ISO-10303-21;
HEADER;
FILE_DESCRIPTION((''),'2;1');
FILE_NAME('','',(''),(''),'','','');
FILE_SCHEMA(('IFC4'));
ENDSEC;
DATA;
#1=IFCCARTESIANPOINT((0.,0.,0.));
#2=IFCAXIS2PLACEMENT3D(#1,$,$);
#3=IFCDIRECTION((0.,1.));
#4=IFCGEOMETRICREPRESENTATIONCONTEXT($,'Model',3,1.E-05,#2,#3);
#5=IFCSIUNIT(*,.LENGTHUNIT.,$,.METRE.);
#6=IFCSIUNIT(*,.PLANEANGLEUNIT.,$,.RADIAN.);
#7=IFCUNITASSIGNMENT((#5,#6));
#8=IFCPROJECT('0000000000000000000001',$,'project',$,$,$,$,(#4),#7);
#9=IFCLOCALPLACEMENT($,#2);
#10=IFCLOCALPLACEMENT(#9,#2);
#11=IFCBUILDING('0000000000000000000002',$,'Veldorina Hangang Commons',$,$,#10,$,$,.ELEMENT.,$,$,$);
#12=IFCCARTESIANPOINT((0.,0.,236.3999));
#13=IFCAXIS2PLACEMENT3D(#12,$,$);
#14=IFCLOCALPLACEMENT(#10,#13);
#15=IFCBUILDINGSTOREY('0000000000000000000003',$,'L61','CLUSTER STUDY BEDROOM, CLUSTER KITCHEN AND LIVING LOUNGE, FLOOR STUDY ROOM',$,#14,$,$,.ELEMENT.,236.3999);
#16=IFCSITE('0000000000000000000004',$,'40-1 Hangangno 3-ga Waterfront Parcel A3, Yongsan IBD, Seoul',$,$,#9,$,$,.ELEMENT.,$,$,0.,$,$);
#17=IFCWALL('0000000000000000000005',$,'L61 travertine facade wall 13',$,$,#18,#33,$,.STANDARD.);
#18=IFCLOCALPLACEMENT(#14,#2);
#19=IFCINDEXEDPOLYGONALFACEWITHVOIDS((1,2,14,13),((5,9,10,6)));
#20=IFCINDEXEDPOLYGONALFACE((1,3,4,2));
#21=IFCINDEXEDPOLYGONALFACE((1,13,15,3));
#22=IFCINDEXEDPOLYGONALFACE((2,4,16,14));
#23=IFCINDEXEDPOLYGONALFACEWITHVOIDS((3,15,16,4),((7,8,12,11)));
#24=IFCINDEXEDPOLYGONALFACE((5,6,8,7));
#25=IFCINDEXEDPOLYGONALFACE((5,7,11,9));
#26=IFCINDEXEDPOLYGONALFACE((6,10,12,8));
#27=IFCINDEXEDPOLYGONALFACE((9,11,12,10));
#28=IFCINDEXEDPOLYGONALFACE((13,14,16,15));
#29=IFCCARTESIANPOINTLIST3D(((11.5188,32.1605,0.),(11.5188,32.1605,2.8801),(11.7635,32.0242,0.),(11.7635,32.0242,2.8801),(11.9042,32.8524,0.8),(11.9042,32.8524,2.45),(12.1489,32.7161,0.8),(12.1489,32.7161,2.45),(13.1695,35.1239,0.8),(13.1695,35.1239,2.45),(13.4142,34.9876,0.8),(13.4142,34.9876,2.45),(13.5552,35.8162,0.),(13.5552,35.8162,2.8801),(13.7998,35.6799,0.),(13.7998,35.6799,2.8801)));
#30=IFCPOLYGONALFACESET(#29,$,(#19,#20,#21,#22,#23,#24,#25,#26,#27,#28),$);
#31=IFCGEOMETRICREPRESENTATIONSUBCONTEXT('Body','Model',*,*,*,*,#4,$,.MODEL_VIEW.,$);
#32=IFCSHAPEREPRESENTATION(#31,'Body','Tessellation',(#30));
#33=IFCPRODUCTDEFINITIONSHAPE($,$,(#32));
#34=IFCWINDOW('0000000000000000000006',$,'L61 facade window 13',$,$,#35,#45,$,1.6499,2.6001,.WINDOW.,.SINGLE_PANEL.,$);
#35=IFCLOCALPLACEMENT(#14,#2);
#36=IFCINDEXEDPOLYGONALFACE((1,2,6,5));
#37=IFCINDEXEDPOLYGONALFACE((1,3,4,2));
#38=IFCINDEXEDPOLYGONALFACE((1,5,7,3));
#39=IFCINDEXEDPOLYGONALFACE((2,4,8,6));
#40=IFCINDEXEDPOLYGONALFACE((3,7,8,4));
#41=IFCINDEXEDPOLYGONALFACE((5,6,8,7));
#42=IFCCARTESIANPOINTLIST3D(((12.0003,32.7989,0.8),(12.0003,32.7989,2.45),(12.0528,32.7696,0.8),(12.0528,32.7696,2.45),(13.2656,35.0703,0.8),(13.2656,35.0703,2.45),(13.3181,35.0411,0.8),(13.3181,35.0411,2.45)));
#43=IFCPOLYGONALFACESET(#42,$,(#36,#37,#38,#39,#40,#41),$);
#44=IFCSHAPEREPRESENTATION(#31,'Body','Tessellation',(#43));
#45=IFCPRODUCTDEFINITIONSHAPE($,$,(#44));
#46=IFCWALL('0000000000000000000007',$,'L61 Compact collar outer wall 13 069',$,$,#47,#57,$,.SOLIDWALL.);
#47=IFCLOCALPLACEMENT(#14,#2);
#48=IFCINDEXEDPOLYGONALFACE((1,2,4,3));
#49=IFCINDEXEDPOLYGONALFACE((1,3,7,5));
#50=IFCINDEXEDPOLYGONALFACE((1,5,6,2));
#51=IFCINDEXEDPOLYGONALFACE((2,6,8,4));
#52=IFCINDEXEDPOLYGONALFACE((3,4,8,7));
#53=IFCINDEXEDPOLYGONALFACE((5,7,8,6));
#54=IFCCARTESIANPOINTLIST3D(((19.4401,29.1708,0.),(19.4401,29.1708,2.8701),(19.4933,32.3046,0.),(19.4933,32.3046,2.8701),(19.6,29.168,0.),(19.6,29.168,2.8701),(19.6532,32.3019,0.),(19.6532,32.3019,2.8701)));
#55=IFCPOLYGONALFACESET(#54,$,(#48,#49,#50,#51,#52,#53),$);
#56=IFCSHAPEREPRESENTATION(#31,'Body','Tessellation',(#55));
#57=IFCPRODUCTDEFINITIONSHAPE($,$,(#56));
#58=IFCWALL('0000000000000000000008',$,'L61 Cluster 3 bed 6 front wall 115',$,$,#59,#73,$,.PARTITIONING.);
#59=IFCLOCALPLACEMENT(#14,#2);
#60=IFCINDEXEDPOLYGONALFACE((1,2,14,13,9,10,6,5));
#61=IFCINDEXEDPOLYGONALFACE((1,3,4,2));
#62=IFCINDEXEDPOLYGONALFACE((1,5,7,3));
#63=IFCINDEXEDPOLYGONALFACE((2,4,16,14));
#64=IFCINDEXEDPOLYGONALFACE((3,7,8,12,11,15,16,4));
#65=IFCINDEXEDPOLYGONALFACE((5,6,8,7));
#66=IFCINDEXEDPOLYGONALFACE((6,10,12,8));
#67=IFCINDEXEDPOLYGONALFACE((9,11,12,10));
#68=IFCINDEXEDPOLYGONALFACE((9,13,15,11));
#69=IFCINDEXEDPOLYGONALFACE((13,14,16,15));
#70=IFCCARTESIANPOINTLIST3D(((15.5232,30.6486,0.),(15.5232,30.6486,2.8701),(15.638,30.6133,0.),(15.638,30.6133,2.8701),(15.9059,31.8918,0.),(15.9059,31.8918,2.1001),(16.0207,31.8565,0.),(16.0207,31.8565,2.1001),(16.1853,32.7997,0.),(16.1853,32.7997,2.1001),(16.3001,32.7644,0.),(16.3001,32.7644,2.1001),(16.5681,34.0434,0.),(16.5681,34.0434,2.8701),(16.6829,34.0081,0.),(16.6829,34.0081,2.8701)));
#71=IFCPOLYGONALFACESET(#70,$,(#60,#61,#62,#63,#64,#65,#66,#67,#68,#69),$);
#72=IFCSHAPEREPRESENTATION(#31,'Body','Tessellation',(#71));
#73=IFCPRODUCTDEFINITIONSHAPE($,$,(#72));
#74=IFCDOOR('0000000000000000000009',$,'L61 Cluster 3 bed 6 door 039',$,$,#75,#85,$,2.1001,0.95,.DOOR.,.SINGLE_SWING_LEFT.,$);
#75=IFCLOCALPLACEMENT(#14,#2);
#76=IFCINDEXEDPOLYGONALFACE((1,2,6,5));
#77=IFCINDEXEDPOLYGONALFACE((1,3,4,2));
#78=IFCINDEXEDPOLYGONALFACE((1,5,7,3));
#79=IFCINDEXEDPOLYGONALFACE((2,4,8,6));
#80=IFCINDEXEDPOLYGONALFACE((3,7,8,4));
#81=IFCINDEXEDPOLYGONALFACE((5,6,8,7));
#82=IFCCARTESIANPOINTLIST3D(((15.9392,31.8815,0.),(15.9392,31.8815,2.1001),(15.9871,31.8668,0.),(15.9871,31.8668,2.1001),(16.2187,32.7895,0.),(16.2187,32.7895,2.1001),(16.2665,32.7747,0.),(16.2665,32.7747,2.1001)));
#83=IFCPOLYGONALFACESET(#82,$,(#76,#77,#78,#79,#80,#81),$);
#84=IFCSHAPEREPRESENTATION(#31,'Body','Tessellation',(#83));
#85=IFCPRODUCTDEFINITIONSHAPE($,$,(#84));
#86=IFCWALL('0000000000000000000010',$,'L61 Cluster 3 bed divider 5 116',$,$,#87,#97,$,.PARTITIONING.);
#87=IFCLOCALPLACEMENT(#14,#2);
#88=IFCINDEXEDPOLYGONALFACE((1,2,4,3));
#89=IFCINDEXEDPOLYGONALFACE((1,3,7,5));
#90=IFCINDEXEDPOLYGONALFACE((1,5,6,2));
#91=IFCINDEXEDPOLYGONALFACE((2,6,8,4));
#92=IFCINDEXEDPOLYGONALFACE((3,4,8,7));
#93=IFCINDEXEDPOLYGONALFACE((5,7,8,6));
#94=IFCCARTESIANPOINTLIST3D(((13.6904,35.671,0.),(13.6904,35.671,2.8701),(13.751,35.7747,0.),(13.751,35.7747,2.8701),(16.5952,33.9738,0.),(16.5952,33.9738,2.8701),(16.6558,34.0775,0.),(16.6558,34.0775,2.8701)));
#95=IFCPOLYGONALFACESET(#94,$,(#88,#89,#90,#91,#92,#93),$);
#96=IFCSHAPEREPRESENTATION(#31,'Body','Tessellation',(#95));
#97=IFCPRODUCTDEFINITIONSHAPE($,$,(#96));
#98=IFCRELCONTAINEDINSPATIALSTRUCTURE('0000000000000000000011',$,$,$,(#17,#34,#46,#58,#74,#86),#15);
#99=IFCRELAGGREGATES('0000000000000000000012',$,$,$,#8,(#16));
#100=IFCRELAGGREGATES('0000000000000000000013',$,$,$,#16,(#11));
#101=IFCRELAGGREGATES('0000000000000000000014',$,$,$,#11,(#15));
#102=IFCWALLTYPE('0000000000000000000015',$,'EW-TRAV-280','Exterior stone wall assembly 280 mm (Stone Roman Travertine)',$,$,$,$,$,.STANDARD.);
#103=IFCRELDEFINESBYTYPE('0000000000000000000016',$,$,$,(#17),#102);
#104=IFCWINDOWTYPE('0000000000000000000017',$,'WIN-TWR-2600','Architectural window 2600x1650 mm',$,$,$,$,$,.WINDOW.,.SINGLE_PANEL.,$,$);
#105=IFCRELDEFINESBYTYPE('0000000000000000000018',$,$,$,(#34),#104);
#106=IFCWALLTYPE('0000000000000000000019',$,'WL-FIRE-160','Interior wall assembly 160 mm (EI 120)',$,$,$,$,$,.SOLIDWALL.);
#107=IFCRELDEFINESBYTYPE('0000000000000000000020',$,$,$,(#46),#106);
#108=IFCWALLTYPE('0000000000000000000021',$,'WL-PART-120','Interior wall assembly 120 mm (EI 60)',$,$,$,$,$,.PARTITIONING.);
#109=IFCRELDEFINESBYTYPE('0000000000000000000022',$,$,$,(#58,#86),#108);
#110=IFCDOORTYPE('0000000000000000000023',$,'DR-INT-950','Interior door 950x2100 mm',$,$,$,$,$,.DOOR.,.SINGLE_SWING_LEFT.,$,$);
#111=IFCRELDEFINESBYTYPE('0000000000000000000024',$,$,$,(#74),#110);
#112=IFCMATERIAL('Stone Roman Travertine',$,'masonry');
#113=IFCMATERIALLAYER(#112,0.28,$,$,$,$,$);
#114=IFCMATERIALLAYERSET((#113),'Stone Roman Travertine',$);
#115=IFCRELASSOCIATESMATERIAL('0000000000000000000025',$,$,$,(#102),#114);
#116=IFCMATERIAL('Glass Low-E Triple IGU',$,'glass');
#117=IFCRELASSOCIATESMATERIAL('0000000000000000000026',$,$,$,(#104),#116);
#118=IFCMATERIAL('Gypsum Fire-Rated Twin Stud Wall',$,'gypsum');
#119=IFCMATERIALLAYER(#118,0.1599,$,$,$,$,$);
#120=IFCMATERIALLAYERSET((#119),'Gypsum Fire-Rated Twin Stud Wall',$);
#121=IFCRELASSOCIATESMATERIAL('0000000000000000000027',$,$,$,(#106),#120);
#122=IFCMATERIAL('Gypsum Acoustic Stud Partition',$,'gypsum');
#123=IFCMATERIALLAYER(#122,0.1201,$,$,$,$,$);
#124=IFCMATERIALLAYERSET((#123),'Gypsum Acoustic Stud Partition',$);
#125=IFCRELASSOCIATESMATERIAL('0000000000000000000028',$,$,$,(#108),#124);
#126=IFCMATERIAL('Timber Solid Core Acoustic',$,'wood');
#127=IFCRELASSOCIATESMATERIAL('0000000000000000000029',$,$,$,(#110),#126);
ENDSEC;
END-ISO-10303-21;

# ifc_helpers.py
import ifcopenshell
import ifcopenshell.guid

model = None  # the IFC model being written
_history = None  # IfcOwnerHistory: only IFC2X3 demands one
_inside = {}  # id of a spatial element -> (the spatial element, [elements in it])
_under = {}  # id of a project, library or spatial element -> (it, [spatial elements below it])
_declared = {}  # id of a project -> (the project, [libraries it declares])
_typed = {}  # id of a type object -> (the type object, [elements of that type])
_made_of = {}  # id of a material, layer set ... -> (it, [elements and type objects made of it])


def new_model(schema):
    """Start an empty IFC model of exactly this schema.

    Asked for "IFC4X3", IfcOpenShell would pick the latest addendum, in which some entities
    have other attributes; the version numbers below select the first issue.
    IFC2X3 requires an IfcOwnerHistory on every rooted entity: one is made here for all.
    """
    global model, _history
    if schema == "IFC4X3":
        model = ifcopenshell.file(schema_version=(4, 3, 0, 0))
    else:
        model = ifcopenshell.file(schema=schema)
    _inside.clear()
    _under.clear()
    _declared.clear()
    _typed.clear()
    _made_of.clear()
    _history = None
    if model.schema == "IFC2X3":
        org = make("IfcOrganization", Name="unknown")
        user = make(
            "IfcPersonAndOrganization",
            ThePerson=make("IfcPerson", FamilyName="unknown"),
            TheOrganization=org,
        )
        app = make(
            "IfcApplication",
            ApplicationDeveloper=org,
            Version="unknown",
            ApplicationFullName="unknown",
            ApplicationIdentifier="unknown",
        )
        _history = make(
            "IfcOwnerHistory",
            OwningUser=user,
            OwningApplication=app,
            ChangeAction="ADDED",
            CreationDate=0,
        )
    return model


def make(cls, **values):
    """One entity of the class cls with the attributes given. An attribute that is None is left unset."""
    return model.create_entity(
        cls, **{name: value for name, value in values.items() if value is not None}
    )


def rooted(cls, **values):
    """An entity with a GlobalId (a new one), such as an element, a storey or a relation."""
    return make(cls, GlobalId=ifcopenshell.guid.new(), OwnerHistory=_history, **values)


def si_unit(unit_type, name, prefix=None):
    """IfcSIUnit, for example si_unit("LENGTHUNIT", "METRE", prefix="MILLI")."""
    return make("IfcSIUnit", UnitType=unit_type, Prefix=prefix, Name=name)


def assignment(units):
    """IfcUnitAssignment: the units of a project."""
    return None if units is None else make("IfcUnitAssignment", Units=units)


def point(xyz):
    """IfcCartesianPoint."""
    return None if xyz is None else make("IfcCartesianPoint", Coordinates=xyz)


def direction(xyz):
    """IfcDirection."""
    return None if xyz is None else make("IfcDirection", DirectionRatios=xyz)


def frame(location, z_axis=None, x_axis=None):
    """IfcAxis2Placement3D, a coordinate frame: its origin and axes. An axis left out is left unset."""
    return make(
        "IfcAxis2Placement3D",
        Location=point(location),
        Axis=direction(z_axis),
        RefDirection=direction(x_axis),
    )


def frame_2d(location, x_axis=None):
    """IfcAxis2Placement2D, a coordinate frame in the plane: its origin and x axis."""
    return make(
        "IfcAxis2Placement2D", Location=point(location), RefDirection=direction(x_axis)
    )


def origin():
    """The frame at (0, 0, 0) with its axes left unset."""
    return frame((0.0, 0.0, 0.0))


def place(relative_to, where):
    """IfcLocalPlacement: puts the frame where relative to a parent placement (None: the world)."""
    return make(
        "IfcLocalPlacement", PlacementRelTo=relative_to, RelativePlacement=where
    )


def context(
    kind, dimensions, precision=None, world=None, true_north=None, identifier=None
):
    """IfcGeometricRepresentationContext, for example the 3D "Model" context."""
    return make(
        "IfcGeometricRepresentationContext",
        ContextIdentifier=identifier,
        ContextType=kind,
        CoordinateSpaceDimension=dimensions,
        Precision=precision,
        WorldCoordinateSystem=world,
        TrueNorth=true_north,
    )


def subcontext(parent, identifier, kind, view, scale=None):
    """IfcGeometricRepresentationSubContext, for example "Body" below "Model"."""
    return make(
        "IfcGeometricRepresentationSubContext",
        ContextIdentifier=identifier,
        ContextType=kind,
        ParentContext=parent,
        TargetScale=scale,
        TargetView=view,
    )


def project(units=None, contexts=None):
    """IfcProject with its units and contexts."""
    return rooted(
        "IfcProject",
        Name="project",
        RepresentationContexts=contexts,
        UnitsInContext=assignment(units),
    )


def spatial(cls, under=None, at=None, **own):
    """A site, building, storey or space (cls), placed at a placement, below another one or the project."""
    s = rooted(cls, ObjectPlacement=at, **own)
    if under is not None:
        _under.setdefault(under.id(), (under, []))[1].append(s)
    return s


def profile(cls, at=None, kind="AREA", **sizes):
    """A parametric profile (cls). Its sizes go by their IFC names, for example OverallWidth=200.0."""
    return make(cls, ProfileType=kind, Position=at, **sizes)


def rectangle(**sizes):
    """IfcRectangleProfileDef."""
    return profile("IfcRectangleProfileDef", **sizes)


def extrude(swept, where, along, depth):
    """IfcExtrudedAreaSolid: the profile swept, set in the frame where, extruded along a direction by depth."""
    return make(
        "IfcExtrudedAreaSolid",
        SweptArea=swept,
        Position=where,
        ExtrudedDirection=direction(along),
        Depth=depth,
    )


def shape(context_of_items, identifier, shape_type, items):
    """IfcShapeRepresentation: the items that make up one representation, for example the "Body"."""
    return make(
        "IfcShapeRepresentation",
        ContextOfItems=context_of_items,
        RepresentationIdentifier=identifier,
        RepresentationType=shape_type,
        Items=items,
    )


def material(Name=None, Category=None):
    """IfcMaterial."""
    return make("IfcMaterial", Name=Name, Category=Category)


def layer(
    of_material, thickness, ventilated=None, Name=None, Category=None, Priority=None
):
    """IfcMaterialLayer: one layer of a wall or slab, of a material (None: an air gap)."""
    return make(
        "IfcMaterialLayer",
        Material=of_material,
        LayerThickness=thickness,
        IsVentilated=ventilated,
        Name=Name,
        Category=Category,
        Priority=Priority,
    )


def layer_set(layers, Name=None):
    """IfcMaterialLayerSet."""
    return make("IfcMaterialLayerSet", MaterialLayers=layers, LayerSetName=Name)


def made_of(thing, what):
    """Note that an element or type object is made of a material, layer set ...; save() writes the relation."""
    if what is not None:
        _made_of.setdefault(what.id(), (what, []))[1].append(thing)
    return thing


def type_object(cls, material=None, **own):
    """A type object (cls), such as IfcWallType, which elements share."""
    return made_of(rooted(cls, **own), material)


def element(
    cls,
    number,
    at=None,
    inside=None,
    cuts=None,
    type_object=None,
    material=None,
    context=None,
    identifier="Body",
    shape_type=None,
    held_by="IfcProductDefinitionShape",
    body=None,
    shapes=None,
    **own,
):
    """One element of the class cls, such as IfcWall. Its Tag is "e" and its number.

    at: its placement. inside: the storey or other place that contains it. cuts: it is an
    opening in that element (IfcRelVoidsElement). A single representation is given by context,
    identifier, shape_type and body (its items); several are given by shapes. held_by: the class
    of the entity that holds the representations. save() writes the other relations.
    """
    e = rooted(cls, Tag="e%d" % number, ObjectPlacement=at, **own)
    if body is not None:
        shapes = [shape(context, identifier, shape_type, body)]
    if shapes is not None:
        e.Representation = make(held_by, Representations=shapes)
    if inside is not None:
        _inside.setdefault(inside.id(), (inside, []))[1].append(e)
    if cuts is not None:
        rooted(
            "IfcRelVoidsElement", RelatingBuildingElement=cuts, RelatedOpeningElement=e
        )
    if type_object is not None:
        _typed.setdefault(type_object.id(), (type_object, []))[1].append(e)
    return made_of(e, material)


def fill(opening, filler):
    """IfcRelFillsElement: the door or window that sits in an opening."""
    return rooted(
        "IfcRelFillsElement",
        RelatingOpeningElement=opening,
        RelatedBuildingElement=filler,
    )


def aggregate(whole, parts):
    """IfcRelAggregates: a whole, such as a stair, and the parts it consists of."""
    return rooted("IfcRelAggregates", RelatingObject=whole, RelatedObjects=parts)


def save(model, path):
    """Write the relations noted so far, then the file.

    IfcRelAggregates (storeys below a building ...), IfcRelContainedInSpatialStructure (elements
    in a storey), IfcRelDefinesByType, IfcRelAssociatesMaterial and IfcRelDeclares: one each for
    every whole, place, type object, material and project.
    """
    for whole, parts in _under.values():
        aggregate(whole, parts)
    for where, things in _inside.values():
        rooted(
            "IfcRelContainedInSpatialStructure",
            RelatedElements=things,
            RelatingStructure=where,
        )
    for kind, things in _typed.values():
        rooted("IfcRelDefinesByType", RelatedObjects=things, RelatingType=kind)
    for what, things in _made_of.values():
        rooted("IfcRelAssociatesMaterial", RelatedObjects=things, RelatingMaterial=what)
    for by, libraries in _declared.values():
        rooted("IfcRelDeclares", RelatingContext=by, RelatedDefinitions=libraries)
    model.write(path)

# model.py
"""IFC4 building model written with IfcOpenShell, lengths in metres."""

from ifc_helpers import new_model, si_unit, direction, frame, frame_2d, origin, place, context, subcontext, project, spatial, rectangle, extrude, material, layer, layer_set, type_object, element, fill, save


model = new_model("IFC4")

# Units and contexts
model_context = context("Model", 3, precision=1e-05, world=origin(), true_north=direction((0.0, 1.0)))
body_context = subcontext(model_context, "Body", "Model", "MODEL_VIEW")
ifc_project = project(units=[si_unit("LENGTHUNIT", "METRE"), si_unit("PLANEANGLEUNIT", "RADIAN")], contexts=[model_context])

# Site, building, storey
site_placement = place(None, origin())
site = spatial("IfcSite", under=ifc_project, at=site_placement, Name="40-1 Hangangno 3-ga Waterfront Parcel A3, Yongsan IBD, Seoul", CompositionType="ELEMENT", RefElevation=0.0)
building_placement = place(site_placement, origin())
building = spatial("IfcBuilding", under=site, at=building_placement, Name="Veldorina Hangang Commons", CompositionType="ELEMENT")
storey_placement = place(building_placement, frame((0.0, 0.0, 236.3999)))
storey = spatial("IfcBuildingStorey", under=building, at=storey_placement, Name="L61", Description="CLUSTER STUDY BEDROOM, CLUSTER KITCHEN AND LIVING LOUNGE, FLOOR STUDY ROOM", CompositionType="ELEMENT", Elevation=236.3999)

# Wall, opening, window
ifc_material_1 = material(Name="Stone Roman Travertine", Category="masonry")
ifc_layer_1 = layer(ifc_material_1, 0.28)
ifc_layer_set_1 = layer_set([ifc_layer_1], Name="Stone Roman Travertine")
wall_type_1 = type_object("IfcWallType", Name="EW-TRAV-280", Description="Exterior stone wall assembly 280 mm (Stone Roman Travertine)", PredefinedType="STANDARD", material=ifc_layer_set_1)
ifc_material_2 = material(Name="Glass Low-E Triple IGU", Category="glass")
window_type = type_object("IfcWindowType", Name="WIN-TWR-2600", Description="Architectural window 2600x1650 mm", PartitioningType="SINGLE_PANEL", PredefinedType="WINDOW", material=ifc_material_2)
wall_1_placement = place(storey_placement, frame((13.6775, 35.748, 0.0), z_axis=(0.0, 0.0, 1.0), x_axis=(-0.486628, -0.873609, 0.0)))
wall_1 = element("IfcWall", 1, at=wall_1_placement, inside=storey, type_object=wall_type_1, Name="L61 travertine facade wall 13", PredefinedType="STANDARD", context=body_context, shape_type="SweptSolid", body=[
    extrude(rectangle(XDim=4.1846, YDim=0.28, at=frame_2d((2.0923, 0.0))), origin(), (0.0, 0.0, 1.0), 2.8801),
])
opening_1_placement = place(wall_1_placement, frame((0.7925, 0.0, 0.8)))
opening_1 = element("IfcOpeningElement", 2, at=opening_1_placement, cuts=wall_1, PredefinedType="OPENING", context=body_context, shape_type="SweptSolid", body=[
    extrude(rectangle(XDim=2.6001, YDim=1.6499, at=frame_2d((1.3, 0.825))), frame((0.0, 0.1499, 0.0), z_axis=(0.0, -1.0, 0.0), x_axis=(1.0, 0.0, 0.0)), (0.0, 0.0, 1.0), 0.3),
])
window_1_placement = place(opening_1_placement, origin())
window_1 = element("IfcWindow", 3, at=window_1_placement, inside=storey, type_object=window_type, Name="L61 facade window 13", OverallHeight=1.6499, OverallWidth=2.6001, PartitioningType="SINGLE_PANEL", PredefinedType="WINDOW", context=body_context, shape_type="SweptSolid", body=[
    extrude(rectangle(XDim=2.6001, YDim=1.6499, at=frame_2d((1.3, 0.825))), frame((0.0, 0.03, 0.0), z_axis=(0.0, -1.0, 0.0), x_axis=(1.0, 0.0, 0.0)), (0.0, 0.0, 1.0), 0.0601),
])
fill(opening_1, window_1)

# Wall
ifc_material_3 = material(Name="Gypsum Fire-Rated Twin Stud Wall", Category="gypsum")
ifc_layer_2 = layer(ifc_material_3, 0.1599)
ifc_layer_set_2 = layer_set([ifc_layer_2], Name="Gypsum Fire-Rated Twin Stud Wall")
wall_type_2 = type_object("IfcWallType", Name="WL-FIRE-160", Description="Interior wall assembly 160 mm (EI 120)", PredefinedType="SOLIDWALL", material=ifc_layer_set_2)
wall_2_placement = place(storey_placement, frame((19.5732, 32.3032, 0.0), z_axis=(0.0, 0.0, 1.0), x_axis=(-0.016981, -0.999856, 0.0)))
element("IfcWall", 4, at=wall_2_placement, inside=storey, type_object=wall_type_2, Name="L61 Compact collar outer wall 13 069", PredefinedType="SOLIDWALL", context=body_context, shape_type="SweptSolid", body=[
    extrude(rectangle(XDim=3.1343, YDim=0.1599, at=frame_2d((1.5671, 0.0))), origin(), (0.0, 0.0, 1.0), 2.8701),
])

# Wall, opening, door
ifc_material_4 = material(Name="Gypsum Acoustic Stud Partition", Category="gypsum")
ifc_layer_3 = layer(ifc_material_4, 0.1201)
ifc_layer_set_3 = layer_set([ifc_layer_3], Name="Gypsum Acoustic Stud Partition")
wall_type_3 = type_object("IfcWallType", Name="WL-PART-120", Description="Interior wall assembly 120 mm (EI 60)", PredefinedType="PARTITIONING", material=ifc_layer_set_3)
wall_3_placement = place(storey_placement, frame((16.6255, 34.0256, 0.0), z_axis=(0.0, 0.0, 1.0), x_axis=(-0.294182, -0.955749, 0.0)))
wall_3 = element("IfcWall", 5, at=wall_3_placement, inside=storey, type_object=wall_type_3, Name="L61 Cluster 3 bed 6 front wall 115", PredefinedType="PARTITIONING", context=body_context, shape_type="SweptSolid", body=[
    extrude(rectangle(XDim=3.552, YDim=0.1201, at=frame_2d((1.7759, 0.0))), origin(), (0.0, 0.0, 1.0), 2.8701),
])
opening_2_placement = place(wall_3_placement, frame((1.301, 0.0, 0.0)))
opening_2 = element("IfcOpeningElement", 6, at=opening_2_placement, cuts=wall_3, PredefinedType="OPENING", context=body_context, shape_type="SweptSolid", body=[
    extrude(rectangle(XDim=0.95, YDim=2.1001, at=frame_2d((0.4751, 1.05))), frame((0.0, 0.0701, 0.0), z_axis=(0.0, -1.0, 0.0), x_axis=(1.0, 0.0, 0.0)), (0.0, 0.0, 1.0), 0.1401),
])
ifc_material_5 = material(Name="Timber Solid Core Acoustic", Category="wood")
door_type = type_object("IfcDoorType", Name="DR-INT-950", Description="Interior door 950x2100 mm", OperationType="SINGLE_SWING_LEFT", PredefinedType="DOOR", material=ifc_material_5)
door_placement = place(opening_2_placement, origin())
door = element("IfcDoor", 7, at=door_placement, inside=storey, type_object=door_type, Name="L61 Cluster 3 bed 6 door 039", OperationType="SINGLE_SWING_LEFT", OverallHeight=2.1001, OverallWidth=0.95, PredefinedType="DOOR", context=body_context, shape_type="SweptSolid", body=[
    extrude(rectangle(XDim=0.95, YDim=2.1001, at=frame_2d((0.4751, 1.05))), frame((0.0, 0.0249, 0.0), z_axis=(0.0, -1.0, 0.0), x_axis=(1.0, 0.0, 0.0)), (0.0, 0.0, 1.0), 0.05),
])
fill(opening_2, door)

# Wall
wall_4_placement = place(storey_placement, frame((16.6255, 34.0256, 0.0), z_axis=(0.0, 0.0, 1.0), x_axis=(-0.863415, 0.504494, 0.0)))
element("IfcWall", 8, at=wall_4_placement, inside=storey, type_object=wall_type_3, Name="L61 Cluster 3 bed divider 5 116", PredefinedType="PARTITIONING", context=body_context, shape_type="SweptSolid", body=[
    extrude(rectangle(XDim=3.3643, YDim=0.1201, at=frame_2d((1.6821, 0.0))), origin(), (0.0, 0.0, 1.0), 2.8701),
])

save(model, "model.ifc")
